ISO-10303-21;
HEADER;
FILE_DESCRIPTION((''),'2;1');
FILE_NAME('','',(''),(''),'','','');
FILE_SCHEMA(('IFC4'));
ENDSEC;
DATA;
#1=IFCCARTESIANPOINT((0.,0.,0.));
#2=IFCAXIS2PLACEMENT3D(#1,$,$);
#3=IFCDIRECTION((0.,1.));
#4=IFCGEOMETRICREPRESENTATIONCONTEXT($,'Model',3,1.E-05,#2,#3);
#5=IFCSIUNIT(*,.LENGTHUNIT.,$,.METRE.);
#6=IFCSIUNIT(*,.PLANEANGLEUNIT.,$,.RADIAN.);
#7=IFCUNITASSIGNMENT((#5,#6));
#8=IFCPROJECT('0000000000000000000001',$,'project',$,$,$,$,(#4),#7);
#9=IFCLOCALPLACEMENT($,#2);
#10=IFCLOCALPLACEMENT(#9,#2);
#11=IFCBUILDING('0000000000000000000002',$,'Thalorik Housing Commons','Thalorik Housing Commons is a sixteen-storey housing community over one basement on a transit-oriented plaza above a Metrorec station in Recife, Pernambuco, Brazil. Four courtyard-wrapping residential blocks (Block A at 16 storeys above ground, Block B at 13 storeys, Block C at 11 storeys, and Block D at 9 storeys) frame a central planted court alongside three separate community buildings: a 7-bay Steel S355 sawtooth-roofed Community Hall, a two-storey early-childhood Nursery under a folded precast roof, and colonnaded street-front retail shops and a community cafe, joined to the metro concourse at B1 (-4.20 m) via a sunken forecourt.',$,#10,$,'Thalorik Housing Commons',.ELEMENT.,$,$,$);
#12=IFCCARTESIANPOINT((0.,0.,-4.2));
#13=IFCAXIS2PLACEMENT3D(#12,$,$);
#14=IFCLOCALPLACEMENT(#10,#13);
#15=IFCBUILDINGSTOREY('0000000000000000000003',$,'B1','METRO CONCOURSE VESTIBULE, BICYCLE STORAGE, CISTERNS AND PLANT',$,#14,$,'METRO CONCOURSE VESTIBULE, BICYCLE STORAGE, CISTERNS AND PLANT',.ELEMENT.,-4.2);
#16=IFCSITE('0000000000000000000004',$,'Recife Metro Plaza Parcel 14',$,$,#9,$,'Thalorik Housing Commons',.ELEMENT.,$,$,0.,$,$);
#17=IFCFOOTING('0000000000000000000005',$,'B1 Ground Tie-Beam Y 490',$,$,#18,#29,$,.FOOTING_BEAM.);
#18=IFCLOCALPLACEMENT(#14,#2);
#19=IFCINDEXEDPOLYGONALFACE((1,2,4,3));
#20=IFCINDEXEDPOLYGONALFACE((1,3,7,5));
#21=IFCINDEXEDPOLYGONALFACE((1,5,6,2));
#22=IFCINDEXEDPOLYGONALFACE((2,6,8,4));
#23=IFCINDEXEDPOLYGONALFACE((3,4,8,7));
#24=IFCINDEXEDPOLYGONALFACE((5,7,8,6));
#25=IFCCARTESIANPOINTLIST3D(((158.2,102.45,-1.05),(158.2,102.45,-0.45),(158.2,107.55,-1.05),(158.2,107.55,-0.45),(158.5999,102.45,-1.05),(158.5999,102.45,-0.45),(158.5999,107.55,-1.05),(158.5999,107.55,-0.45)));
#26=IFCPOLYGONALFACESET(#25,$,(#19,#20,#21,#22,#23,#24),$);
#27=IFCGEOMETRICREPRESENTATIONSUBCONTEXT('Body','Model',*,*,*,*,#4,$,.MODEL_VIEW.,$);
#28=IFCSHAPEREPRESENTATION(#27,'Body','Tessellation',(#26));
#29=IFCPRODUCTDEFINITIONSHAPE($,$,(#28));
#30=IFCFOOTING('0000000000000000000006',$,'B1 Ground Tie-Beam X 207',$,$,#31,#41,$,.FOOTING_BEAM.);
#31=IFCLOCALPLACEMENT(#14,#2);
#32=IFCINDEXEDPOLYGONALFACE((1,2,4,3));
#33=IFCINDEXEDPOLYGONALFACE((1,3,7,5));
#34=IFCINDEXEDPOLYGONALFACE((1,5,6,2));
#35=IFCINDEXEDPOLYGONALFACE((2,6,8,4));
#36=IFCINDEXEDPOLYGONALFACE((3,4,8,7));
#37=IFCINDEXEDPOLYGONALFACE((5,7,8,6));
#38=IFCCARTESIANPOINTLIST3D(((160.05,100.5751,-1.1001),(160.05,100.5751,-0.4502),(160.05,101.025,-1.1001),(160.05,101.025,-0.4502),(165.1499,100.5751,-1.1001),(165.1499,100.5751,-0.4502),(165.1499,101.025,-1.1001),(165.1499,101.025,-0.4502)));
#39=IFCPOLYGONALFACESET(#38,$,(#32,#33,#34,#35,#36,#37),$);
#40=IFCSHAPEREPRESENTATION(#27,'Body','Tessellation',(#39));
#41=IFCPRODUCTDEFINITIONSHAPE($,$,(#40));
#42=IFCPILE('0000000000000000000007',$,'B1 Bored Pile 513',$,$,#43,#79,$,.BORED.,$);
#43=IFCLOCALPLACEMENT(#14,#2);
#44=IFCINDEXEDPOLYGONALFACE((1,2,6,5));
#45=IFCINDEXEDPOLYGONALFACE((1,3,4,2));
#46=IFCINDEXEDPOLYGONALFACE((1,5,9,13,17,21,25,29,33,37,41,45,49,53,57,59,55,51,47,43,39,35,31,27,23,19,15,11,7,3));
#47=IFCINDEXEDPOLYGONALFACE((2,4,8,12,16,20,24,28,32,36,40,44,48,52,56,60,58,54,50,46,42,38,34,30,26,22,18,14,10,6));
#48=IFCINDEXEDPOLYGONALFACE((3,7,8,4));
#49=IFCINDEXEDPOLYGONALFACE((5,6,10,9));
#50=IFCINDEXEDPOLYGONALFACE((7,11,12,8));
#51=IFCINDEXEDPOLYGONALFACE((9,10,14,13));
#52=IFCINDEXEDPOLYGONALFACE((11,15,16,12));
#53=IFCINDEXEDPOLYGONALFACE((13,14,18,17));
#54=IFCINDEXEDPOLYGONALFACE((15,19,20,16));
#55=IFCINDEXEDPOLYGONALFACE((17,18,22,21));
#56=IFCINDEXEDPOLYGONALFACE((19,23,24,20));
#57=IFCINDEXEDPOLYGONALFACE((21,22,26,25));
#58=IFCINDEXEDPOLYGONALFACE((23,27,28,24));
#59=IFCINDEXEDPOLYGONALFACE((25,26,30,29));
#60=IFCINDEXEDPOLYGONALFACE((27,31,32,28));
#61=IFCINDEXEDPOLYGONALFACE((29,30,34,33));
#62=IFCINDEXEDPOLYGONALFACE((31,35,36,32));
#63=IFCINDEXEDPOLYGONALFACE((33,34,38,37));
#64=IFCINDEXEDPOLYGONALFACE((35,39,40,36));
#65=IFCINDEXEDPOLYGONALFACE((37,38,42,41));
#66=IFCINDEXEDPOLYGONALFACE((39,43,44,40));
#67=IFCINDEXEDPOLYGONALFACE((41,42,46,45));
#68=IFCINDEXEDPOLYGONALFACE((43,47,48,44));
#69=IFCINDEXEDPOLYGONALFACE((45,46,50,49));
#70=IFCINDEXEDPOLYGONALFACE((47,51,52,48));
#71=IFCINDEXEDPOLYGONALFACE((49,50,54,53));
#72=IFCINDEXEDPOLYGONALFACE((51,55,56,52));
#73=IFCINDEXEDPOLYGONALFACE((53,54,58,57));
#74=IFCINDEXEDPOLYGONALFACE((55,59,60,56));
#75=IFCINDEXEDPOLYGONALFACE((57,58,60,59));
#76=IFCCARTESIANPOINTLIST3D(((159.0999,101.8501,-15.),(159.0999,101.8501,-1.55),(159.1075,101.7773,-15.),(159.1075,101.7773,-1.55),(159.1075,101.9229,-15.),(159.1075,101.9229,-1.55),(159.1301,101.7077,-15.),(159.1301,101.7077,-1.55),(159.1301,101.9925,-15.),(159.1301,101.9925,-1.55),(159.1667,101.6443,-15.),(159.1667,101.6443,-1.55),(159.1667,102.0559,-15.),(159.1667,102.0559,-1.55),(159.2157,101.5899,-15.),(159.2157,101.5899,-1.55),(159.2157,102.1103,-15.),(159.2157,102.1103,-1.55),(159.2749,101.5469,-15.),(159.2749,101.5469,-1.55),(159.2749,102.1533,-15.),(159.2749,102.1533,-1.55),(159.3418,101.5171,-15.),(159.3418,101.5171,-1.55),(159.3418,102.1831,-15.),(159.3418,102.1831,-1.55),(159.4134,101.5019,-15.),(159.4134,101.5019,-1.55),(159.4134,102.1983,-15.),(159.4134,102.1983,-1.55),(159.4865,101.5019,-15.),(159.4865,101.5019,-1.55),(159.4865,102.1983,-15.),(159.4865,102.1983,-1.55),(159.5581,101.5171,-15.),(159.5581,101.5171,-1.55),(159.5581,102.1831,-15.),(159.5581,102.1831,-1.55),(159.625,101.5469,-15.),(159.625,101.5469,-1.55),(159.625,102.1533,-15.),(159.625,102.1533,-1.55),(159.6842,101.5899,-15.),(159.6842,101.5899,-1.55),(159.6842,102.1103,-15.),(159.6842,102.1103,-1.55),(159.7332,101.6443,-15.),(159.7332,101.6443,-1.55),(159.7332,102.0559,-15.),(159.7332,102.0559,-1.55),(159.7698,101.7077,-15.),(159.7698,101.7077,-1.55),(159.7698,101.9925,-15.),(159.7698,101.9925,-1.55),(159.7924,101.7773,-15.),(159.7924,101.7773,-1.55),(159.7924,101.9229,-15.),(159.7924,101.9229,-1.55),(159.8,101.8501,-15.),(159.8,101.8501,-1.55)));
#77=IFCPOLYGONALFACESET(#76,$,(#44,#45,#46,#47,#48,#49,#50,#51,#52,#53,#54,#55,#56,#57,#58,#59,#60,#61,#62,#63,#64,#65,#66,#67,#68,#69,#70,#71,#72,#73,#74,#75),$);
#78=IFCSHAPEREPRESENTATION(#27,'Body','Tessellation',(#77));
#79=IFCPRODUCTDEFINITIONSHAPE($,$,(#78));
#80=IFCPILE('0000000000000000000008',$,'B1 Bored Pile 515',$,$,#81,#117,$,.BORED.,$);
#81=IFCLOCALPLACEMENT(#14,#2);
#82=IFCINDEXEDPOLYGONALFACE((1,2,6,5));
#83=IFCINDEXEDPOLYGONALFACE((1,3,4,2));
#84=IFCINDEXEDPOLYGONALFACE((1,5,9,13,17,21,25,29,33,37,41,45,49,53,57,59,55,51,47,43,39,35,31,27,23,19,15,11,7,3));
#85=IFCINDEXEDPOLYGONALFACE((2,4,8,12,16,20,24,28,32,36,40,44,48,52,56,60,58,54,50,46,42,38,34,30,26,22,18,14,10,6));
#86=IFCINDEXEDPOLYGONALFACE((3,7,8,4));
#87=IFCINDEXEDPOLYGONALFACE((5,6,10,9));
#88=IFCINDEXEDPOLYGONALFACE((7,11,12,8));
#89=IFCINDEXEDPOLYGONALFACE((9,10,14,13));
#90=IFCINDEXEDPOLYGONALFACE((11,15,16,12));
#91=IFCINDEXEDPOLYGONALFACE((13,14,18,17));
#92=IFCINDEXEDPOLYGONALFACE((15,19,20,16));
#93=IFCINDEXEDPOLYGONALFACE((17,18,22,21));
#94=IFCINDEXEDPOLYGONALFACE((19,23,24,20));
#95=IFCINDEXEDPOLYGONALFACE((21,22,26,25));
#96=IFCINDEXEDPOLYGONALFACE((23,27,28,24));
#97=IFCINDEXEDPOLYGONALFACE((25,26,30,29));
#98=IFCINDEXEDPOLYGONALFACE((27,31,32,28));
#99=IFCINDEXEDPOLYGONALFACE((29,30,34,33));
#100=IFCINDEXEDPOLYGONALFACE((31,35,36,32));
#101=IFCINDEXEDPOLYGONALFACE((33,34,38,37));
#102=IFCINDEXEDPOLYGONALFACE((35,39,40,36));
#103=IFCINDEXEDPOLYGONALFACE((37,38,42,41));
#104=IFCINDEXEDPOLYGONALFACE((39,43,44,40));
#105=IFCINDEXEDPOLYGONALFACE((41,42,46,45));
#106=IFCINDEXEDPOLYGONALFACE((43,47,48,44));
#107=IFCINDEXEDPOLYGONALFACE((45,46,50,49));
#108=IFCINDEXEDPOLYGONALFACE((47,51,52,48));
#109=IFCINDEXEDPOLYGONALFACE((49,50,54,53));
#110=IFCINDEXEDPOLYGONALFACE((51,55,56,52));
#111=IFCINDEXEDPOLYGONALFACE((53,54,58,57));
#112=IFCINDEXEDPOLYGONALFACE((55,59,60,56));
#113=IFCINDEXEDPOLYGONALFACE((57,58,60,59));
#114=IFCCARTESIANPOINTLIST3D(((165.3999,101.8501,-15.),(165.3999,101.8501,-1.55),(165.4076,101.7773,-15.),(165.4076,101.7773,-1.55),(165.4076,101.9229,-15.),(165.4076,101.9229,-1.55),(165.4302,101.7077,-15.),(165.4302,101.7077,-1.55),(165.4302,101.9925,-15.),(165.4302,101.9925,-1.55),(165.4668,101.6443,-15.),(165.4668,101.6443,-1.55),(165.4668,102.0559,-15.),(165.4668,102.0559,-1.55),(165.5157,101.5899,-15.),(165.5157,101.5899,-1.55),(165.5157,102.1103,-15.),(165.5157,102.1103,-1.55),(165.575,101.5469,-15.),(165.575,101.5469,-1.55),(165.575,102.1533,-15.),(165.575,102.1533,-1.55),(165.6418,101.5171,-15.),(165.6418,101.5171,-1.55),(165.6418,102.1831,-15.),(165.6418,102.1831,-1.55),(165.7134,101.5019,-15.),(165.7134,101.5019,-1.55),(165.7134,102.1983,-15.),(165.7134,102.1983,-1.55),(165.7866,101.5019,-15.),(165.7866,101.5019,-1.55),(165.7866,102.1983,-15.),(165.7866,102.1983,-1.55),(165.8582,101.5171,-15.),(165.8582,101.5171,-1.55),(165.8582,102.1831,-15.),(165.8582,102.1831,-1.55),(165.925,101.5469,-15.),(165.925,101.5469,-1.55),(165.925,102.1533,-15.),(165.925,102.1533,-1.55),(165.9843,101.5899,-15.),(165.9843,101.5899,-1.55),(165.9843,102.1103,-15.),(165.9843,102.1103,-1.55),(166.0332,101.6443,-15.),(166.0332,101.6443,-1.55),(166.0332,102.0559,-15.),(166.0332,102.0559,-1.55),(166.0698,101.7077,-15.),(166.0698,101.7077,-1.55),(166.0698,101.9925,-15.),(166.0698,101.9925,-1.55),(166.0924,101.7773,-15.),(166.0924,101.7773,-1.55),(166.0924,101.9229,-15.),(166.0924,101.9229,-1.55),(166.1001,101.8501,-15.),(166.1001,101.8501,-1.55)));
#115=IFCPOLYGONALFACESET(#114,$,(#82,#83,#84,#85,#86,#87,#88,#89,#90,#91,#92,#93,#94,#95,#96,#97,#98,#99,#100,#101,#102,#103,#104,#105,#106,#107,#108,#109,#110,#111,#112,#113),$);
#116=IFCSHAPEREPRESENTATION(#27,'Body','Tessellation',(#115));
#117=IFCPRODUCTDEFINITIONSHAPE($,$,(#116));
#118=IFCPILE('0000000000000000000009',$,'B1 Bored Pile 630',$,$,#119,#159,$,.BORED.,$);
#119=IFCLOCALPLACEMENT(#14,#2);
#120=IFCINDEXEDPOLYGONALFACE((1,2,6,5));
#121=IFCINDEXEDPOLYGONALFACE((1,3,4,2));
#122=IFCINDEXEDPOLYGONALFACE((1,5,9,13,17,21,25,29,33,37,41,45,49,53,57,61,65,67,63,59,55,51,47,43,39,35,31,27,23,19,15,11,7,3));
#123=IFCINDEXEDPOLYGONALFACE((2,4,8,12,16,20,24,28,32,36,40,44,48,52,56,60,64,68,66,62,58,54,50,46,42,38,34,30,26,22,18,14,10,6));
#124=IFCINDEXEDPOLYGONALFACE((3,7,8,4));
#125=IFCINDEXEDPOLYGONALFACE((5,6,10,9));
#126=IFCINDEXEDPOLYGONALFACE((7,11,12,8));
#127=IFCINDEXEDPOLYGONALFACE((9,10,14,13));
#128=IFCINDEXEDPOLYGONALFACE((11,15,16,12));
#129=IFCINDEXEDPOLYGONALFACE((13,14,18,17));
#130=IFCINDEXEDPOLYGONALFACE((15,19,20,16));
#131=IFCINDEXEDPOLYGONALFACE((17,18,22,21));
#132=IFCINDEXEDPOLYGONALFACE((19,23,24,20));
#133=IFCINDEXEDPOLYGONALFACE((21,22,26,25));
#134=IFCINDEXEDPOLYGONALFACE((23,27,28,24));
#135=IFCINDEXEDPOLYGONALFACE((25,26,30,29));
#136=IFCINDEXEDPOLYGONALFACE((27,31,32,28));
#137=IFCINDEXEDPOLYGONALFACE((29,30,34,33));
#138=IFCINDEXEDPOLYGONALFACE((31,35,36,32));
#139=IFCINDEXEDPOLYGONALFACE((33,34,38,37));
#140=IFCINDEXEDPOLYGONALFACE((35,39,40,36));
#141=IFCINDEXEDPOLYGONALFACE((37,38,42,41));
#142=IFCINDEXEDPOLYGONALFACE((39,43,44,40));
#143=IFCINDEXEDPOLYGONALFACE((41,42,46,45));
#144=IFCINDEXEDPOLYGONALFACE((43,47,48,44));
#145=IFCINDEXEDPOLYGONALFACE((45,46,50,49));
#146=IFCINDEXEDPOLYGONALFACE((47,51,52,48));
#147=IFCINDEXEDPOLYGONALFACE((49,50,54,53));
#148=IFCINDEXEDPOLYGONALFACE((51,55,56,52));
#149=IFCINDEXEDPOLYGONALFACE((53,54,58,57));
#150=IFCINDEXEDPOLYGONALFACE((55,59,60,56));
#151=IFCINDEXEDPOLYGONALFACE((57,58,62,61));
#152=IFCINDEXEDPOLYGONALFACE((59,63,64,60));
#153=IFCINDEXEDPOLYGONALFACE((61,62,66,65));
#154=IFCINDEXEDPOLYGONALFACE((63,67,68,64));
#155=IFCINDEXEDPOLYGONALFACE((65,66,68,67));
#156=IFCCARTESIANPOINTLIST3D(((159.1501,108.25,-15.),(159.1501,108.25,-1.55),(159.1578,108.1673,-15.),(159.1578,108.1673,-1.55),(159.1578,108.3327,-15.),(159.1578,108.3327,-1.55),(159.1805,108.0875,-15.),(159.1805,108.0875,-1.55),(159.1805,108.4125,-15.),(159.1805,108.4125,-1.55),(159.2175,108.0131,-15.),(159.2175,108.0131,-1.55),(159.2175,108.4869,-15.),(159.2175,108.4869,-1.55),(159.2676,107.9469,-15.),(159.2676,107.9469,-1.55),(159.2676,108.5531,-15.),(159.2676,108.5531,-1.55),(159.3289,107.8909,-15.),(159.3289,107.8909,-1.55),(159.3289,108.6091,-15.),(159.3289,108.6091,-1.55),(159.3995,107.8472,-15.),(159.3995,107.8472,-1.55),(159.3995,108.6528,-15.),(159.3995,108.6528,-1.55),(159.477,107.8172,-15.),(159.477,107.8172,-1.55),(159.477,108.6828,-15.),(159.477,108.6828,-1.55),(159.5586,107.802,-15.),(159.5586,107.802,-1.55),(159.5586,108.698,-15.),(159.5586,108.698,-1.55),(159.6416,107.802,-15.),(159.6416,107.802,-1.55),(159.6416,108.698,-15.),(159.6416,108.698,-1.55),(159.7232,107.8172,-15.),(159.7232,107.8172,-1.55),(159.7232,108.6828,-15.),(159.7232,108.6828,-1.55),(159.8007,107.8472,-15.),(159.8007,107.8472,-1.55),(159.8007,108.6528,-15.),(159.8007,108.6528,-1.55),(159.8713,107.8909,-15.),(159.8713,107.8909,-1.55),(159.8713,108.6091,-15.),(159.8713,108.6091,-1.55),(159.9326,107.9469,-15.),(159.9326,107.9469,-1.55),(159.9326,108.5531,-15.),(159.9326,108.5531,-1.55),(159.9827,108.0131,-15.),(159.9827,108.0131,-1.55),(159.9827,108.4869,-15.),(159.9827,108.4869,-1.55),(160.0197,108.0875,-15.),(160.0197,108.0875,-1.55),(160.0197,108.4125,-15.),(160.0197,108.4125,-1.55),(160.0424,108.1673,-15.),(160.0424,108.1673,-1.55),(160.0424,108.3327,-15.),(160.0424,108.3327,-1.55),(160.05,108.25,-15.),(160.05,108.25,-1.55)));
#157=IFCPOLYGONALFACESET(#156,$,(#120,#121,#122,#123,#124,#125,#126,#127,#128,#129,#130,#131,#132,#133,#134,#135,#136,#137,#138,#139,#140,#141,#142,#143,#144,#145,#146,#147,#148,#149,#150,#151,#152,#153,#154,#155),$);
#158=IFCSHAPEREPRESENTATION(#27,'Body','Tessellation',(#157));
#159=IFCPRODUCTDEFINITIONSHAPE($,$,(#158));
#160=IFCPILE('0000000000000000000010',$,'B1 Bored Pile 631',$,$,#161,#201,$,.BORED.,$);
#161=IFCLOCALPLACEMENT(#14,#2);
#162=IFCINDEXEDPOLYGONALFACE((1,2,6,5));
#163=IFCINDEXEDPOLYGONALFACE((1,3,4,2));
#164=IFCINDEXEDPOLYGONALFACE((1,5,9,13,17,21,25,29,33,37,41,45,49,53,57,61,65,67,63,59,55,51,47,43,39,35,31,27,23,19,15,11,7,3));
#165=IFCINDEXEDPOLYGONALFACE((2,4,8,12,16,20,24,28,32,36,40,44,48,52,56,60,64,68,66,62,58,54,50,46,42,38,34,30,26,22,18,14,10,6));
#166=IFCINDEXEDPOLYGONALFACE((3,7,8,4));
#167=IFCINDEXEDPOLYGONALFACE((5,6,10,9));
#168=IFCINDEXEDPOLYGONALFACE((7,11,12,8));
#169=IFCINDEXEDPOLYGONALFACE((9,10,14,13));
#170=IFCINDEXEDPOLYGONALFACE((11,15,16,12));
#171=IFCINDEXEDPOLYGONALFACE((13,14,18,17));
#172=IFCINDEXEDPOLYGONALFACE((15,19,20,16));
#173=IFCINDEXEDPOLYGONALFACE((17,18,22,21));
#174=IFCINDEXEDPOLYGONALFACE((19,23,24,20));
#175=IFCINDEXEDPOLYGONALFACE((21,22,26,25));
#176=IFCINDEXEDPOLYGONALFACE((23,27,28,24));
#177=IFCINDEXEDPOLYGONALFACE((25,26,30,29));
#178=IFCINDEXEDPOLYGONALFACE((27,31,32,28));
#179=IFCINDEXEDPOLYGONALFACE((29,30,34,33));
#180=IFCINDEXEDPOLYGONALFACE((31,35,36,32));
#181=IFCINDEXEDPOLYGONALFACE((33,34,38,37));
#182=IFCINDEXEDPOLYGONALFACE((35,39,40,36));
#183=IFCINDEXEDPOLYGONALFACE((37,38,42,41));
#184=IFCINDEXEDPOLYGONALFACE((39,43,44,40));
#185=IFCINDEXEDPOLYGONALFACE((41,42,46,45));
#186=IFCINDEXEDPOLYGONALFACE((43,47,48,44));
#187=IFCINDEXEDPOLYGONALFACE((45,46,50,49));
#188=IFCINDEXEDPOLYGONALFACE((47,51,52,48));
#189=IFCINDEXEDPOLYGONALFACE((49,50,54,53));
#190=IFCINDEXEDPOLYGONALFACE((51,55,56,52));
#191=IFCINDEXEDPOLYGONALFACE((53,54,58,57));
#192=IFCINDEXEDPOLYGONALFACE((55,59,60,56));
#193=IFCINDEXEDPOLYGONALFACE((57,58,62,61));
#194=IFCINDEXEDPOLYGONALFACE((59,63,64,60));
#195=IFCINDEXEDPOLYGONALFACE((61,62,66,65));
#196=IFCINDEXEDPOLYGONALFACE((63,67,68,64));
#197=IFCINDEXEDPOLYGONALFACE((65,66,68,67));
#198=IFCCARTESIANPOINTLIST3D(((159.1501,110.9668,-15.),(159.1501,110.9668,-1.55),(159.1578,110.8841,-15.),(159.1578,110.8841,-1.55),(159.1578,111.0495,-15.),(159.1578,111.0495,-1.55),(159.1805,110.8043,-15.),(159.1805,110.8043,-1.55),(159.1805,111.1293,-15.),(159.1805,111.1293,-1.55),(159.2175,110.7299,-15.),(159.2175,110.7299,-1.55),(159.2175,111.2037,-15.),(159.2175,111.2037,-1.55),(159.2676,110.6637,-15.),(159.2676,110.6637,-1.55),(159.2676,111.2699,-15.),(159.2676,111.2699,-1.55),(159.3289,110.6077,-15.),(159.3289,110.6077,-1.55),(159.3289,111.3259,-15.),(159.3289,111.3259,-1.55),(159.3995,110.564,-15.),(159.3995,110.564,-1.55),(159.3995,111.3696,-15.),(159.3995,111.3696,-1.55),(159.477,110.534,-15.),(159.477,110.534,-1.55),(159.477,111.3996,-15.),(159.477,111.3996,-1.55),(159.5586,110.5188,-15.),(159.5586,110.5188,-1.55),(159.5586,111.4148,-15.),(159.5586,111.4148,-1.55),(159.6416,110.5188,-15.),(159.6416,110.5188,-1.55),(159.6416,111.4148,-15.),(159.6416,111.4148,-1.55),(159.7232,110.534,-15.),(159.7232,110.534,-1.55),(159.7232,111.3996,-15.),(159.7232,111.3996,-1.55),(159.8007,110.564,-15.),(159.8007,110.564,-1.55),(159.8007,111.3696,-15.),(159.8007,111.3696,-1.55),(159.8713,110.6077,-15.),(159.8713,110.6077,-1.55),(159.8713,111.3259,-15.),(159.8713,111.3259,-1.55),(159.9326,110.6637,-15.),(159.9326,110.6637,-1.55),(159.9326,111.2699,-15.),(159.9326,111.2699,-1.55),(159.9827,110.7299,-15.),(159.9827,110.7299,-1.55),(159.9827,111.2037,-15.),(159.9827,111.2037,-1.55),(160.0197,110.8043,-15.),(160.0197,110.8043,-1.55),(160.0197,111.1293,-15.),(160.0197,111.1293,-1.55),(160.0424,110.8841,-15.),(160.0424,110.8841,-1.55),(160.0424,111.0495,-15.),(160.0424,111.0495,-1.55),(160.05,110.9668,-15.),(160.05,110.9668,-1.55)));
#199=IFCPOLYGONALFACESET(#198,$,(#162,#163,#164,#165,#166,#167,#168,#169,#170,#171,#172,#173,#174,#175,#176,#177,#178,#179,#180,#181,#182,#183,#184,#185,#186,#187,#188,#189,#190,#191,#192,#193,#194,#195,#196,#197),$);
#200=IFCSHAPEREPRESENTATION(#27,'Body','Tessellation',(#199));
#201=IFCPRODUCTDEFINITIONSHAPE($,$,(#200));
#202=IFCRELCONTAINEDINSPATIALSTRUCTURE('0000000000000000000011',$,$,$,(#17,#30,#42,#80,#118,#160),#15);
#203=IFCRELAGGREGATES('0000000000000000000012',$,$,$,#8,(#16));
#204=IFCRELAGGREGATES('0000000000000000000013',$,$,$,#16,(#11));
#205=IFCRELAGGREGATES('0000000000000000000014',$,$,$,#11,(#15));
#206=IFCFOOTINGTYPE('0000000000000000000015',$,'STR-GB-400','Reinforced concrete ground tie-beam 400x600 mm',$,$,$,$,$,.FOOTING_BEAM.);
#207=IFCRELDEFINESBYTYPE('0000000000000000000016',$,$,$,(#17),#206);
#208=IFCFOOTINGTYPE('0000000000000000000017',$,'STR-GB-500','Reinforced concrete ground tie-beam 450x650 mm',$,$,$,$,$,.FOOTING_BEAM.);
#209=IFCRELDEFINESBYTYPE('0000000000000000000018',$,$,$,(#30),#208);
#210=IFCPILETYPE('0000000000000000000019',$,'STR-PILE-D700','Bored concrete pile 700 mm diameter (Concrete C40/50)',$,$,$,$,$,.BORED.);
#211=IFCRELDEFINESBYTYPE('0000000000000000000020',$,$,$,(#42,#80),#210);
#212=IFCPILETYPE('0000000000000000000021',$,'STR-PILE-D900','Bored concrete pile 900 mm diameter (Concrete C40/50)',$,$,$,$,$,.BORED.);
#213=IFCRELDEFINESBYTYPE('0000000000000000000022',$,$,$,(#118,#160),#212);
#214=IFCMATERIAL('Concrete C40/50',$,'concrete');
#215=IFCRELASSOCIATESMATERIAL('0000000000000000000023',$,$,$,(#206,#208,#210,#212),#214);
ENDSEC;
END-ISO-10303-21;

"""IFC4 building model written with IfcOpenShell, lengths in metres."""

from ifc_helpers import new_model, si_unit, direction, frame, origin, origin_2d, place, context, subcontext, project, spatial, rectangle, circle, extrude, material, material_profile, profile_set, type_object, element, save


model = new_model("IFC4")

# Units and contexts
model_context = context("Model", 3, precision=1e-05, world=origin(), true_north=direction((0.0, 1.0)))
body_context = subcontext(model_context, "Body", "Model", "MODEL_VIEW")
ifc_project = project(units=[si_unit("LENGTHUNIT", "METRE"), si_unit("PLANEANGLEUNIT", "RADIAN")], contexts=[model_context])

# Site, building, storey
site_placement = place(None, origin())
site = spatial("IfcSite", under=ifc_project, at=site_placement, Name="Recife Metro Plaza Parcel 14", LongName="Thalorik Housing Commons", CompositionType="ELEMENT", RefElevation=0.0)
building_placement = place(site_placement, origin())
building = spatial("IfcBuilding", under=site, at=building_placement, Name="Thalorik Housing Commons", Description="Thalorik Housing Commons is a sixteen-storey housing community over one basement on a transit-oriented plaza above a Metrorec station in Recife, Pernambuco, Brazil. Four courtyard-wrapping residential blocks (Block A at 16 storeys above ground, Block B at 13 storeys, Block C at 11 storeys, and Block D at 9 storeys) frame a central planted court alongside three separate community buildings: a 7-bay Steel S355 sawtooth-roofed Community Hall, a two-storey early-childhood Nursery under a folded precast roof, and colonnaded street-front retail shops and a community cafe, joined to the metro concourse at B1 (-4.20 m) via a sunken forecourt.", LongName="Thalorik Housing Commons", CompositionType="ELEMENT")
storey_placement = place(building_placement, frame((0.0, 0.0, -4.2)))
storey = spatial("IfcBuildingStorey", under=building, at=storey_placement, Name="B1", Description="METRO CONCOURSE VESTIBULE, BICYCLE STORAGE, CISTERNS AND PLANT", LongName="METRO CONCOURSE VESTIBULE, BICYCLE STORAGE, CISTERNS AND PLANT", CompositionType="ELEMENT", Elevation=-4.2)

# Footings
ifc_material_1 = material(Name="Concrete C40/50", Category="concrete")
ifc_material_profile_1 = material_profile(ifc_material_1, rectangle(XDim=0.3999, YDim=0.6001, at=origin_2d()), Name="RC 400x600", Category="concrete")
ifc_profile_set_1 = profile_set([ifc_material_profile_1], Name="Concrete C40/50")
footing_type_1 = type_object("IfcFootingType", Name="STR-GB-400", Description="Reinforced concrete ground tie-beam 400x600 mm", PredefinedType="FOOTING_BEAM", material=ifc_profile_set_1)
footing_1_placement = place(storey_placement, frame((158.3999, 102.45, -0.75), z_axis=(0.0, 1.0, 0.0), x_axis=(-1.0, 0.0, 0.0)))
element("IfcFooting", 1, at=footing_1_placement, inside=storey, type_object=footing_type_1, Name="B1 Ground Tie-Beam Y 490", PredefinedType="FOOTING_BEAM", context=body_context, shape_type="SweptSolid", body=[
    extrude(rectangle(XDim=0.3999, YDim=0.6001, at=origin_2d()), origin(), (0.0, 0.0, 1.0), 5.1001),
])
ifc_material_profile_2 = material_profile(ifc_material_1, rectangle(XDim=0.45, YDim=0.6499, at=origin_2d()), Name="RC 450x650", Category="concrete")
ifc_profile_set_2 = profile_set([ifc_material_profile_2], Name="Concrete C40/50")
footing_type_2 = type_object("IfcFootingType", Name="STR-GB-500", Description="Reinforced concrete ground tie-beam 450x650 mm", PredefinedType="FOOTING_BEAM", material=ifc_profile_set_2)
footing_2_placement = place(storey_placement, frame((160.05, 100.8, -0.7751), z_axis=(1.0, 0.0, 0.0), x_axis=(0.0, 1.0, 0.0)))
element("IfcFooting", 2, at=footing_2_placement, inside=storey, type_object=footing_type_2, Name="B1 Ground Tie-Beam X 207", PredefinedType="FOOTING_BEAM", context=body_context, shape_type="SweptSolid", body=[
    extrude(rectangle(XDim=0.45, YDim=0.6499, at=origin_2d()), origin(), (0.0, 0.0, 1.0), 5.0999),
])

# Piles
ifc_material_profile_3 = material_profile(ifc_material_1, circle(Radius=0.3501, at=origin_2d()), Name="BORED PILE D700", Category="concrete")
ifc_profile_set_3 = profile_set([ifc_material_profile_3], Name="Concrete C40/50")
pile_type_1 = type_object("IfcPileType", Name="STR-PILE-D700", Description="Bored concrete pile 700 mm diameter (Concrete C40/50)", PredefinedType="BORED", material=ifc_profile_set_3)
for number, where, z_axis, x_axis, name in (
    (3, (159.45, 101.8501, -1.55), (0.0, 0.0, -1.0), (1.0, 0.0, 0.0), "B1 Bored Pile 513"),
    (4, (165.75, 101.8501, -1.55), (0.0, 0.0, -1.0), (1.0, 0.0, 0.0), "B1 Bored Pile 515"),
):
    element("IfcPile", number, at=place(storey_placement, frame(where, z_axis=z_axis, x_axis=x_axis)), inside=storey, type_object=pile_type_1, Name=name, PredefinedType="BORED", context=body_context, shape_type="SweptSolid", body=[
        extrude(circle(Radius=0.3501, at=origin_2d()), origin(), (0.0, 0.0, 1.0), 13.45),
    ])
ifc_material_profile_4 = material_profile(ifc_material_1, circle(Radius=0.45, at=origin_2d()), Name="BORED PILE D900", Category="concrete")
ifc_profile_set_4 = profile_set([ifc_material_profile_4], Name="Concrete C40/50")
pile_type_2 = type_object("IfcPileType", Name="STR-PILE-D900", Description="Bored concrete pile 900 mm diameter (Concrete C40/50)", PredefinedType="BORED", material=ifc_profile_set_4)
for number, where, z_axis, x_axis, name in (
    (5, (159.6001, 108.25, -1.55), (0.0, 0.0, -1.0), (1.0, 0.0, 0.0), "B1 Bored Pile 630"),
    (6, (159.6001, 110.9668, -1.55), (0.0, 0.0, -1.0), (1.0, 0.0, 0.0), "B1 Bored Pile 631"),
):
    element("IfcPile", number, at=place(storey_placement, frame(where, z_axis=z_axis, x_axis=x_axis)), inside=storey, type_object=pile_type_2, Name=name, PredefinedType="BORED", context=body_context, shape_type="SweptSolid", body=[
        extrude(circle(Radius=0.45, at=origin_2d()), origin(), (0.0, 0.0, 1.0), 13.45),
    ])

save(model, "model.ifc")
